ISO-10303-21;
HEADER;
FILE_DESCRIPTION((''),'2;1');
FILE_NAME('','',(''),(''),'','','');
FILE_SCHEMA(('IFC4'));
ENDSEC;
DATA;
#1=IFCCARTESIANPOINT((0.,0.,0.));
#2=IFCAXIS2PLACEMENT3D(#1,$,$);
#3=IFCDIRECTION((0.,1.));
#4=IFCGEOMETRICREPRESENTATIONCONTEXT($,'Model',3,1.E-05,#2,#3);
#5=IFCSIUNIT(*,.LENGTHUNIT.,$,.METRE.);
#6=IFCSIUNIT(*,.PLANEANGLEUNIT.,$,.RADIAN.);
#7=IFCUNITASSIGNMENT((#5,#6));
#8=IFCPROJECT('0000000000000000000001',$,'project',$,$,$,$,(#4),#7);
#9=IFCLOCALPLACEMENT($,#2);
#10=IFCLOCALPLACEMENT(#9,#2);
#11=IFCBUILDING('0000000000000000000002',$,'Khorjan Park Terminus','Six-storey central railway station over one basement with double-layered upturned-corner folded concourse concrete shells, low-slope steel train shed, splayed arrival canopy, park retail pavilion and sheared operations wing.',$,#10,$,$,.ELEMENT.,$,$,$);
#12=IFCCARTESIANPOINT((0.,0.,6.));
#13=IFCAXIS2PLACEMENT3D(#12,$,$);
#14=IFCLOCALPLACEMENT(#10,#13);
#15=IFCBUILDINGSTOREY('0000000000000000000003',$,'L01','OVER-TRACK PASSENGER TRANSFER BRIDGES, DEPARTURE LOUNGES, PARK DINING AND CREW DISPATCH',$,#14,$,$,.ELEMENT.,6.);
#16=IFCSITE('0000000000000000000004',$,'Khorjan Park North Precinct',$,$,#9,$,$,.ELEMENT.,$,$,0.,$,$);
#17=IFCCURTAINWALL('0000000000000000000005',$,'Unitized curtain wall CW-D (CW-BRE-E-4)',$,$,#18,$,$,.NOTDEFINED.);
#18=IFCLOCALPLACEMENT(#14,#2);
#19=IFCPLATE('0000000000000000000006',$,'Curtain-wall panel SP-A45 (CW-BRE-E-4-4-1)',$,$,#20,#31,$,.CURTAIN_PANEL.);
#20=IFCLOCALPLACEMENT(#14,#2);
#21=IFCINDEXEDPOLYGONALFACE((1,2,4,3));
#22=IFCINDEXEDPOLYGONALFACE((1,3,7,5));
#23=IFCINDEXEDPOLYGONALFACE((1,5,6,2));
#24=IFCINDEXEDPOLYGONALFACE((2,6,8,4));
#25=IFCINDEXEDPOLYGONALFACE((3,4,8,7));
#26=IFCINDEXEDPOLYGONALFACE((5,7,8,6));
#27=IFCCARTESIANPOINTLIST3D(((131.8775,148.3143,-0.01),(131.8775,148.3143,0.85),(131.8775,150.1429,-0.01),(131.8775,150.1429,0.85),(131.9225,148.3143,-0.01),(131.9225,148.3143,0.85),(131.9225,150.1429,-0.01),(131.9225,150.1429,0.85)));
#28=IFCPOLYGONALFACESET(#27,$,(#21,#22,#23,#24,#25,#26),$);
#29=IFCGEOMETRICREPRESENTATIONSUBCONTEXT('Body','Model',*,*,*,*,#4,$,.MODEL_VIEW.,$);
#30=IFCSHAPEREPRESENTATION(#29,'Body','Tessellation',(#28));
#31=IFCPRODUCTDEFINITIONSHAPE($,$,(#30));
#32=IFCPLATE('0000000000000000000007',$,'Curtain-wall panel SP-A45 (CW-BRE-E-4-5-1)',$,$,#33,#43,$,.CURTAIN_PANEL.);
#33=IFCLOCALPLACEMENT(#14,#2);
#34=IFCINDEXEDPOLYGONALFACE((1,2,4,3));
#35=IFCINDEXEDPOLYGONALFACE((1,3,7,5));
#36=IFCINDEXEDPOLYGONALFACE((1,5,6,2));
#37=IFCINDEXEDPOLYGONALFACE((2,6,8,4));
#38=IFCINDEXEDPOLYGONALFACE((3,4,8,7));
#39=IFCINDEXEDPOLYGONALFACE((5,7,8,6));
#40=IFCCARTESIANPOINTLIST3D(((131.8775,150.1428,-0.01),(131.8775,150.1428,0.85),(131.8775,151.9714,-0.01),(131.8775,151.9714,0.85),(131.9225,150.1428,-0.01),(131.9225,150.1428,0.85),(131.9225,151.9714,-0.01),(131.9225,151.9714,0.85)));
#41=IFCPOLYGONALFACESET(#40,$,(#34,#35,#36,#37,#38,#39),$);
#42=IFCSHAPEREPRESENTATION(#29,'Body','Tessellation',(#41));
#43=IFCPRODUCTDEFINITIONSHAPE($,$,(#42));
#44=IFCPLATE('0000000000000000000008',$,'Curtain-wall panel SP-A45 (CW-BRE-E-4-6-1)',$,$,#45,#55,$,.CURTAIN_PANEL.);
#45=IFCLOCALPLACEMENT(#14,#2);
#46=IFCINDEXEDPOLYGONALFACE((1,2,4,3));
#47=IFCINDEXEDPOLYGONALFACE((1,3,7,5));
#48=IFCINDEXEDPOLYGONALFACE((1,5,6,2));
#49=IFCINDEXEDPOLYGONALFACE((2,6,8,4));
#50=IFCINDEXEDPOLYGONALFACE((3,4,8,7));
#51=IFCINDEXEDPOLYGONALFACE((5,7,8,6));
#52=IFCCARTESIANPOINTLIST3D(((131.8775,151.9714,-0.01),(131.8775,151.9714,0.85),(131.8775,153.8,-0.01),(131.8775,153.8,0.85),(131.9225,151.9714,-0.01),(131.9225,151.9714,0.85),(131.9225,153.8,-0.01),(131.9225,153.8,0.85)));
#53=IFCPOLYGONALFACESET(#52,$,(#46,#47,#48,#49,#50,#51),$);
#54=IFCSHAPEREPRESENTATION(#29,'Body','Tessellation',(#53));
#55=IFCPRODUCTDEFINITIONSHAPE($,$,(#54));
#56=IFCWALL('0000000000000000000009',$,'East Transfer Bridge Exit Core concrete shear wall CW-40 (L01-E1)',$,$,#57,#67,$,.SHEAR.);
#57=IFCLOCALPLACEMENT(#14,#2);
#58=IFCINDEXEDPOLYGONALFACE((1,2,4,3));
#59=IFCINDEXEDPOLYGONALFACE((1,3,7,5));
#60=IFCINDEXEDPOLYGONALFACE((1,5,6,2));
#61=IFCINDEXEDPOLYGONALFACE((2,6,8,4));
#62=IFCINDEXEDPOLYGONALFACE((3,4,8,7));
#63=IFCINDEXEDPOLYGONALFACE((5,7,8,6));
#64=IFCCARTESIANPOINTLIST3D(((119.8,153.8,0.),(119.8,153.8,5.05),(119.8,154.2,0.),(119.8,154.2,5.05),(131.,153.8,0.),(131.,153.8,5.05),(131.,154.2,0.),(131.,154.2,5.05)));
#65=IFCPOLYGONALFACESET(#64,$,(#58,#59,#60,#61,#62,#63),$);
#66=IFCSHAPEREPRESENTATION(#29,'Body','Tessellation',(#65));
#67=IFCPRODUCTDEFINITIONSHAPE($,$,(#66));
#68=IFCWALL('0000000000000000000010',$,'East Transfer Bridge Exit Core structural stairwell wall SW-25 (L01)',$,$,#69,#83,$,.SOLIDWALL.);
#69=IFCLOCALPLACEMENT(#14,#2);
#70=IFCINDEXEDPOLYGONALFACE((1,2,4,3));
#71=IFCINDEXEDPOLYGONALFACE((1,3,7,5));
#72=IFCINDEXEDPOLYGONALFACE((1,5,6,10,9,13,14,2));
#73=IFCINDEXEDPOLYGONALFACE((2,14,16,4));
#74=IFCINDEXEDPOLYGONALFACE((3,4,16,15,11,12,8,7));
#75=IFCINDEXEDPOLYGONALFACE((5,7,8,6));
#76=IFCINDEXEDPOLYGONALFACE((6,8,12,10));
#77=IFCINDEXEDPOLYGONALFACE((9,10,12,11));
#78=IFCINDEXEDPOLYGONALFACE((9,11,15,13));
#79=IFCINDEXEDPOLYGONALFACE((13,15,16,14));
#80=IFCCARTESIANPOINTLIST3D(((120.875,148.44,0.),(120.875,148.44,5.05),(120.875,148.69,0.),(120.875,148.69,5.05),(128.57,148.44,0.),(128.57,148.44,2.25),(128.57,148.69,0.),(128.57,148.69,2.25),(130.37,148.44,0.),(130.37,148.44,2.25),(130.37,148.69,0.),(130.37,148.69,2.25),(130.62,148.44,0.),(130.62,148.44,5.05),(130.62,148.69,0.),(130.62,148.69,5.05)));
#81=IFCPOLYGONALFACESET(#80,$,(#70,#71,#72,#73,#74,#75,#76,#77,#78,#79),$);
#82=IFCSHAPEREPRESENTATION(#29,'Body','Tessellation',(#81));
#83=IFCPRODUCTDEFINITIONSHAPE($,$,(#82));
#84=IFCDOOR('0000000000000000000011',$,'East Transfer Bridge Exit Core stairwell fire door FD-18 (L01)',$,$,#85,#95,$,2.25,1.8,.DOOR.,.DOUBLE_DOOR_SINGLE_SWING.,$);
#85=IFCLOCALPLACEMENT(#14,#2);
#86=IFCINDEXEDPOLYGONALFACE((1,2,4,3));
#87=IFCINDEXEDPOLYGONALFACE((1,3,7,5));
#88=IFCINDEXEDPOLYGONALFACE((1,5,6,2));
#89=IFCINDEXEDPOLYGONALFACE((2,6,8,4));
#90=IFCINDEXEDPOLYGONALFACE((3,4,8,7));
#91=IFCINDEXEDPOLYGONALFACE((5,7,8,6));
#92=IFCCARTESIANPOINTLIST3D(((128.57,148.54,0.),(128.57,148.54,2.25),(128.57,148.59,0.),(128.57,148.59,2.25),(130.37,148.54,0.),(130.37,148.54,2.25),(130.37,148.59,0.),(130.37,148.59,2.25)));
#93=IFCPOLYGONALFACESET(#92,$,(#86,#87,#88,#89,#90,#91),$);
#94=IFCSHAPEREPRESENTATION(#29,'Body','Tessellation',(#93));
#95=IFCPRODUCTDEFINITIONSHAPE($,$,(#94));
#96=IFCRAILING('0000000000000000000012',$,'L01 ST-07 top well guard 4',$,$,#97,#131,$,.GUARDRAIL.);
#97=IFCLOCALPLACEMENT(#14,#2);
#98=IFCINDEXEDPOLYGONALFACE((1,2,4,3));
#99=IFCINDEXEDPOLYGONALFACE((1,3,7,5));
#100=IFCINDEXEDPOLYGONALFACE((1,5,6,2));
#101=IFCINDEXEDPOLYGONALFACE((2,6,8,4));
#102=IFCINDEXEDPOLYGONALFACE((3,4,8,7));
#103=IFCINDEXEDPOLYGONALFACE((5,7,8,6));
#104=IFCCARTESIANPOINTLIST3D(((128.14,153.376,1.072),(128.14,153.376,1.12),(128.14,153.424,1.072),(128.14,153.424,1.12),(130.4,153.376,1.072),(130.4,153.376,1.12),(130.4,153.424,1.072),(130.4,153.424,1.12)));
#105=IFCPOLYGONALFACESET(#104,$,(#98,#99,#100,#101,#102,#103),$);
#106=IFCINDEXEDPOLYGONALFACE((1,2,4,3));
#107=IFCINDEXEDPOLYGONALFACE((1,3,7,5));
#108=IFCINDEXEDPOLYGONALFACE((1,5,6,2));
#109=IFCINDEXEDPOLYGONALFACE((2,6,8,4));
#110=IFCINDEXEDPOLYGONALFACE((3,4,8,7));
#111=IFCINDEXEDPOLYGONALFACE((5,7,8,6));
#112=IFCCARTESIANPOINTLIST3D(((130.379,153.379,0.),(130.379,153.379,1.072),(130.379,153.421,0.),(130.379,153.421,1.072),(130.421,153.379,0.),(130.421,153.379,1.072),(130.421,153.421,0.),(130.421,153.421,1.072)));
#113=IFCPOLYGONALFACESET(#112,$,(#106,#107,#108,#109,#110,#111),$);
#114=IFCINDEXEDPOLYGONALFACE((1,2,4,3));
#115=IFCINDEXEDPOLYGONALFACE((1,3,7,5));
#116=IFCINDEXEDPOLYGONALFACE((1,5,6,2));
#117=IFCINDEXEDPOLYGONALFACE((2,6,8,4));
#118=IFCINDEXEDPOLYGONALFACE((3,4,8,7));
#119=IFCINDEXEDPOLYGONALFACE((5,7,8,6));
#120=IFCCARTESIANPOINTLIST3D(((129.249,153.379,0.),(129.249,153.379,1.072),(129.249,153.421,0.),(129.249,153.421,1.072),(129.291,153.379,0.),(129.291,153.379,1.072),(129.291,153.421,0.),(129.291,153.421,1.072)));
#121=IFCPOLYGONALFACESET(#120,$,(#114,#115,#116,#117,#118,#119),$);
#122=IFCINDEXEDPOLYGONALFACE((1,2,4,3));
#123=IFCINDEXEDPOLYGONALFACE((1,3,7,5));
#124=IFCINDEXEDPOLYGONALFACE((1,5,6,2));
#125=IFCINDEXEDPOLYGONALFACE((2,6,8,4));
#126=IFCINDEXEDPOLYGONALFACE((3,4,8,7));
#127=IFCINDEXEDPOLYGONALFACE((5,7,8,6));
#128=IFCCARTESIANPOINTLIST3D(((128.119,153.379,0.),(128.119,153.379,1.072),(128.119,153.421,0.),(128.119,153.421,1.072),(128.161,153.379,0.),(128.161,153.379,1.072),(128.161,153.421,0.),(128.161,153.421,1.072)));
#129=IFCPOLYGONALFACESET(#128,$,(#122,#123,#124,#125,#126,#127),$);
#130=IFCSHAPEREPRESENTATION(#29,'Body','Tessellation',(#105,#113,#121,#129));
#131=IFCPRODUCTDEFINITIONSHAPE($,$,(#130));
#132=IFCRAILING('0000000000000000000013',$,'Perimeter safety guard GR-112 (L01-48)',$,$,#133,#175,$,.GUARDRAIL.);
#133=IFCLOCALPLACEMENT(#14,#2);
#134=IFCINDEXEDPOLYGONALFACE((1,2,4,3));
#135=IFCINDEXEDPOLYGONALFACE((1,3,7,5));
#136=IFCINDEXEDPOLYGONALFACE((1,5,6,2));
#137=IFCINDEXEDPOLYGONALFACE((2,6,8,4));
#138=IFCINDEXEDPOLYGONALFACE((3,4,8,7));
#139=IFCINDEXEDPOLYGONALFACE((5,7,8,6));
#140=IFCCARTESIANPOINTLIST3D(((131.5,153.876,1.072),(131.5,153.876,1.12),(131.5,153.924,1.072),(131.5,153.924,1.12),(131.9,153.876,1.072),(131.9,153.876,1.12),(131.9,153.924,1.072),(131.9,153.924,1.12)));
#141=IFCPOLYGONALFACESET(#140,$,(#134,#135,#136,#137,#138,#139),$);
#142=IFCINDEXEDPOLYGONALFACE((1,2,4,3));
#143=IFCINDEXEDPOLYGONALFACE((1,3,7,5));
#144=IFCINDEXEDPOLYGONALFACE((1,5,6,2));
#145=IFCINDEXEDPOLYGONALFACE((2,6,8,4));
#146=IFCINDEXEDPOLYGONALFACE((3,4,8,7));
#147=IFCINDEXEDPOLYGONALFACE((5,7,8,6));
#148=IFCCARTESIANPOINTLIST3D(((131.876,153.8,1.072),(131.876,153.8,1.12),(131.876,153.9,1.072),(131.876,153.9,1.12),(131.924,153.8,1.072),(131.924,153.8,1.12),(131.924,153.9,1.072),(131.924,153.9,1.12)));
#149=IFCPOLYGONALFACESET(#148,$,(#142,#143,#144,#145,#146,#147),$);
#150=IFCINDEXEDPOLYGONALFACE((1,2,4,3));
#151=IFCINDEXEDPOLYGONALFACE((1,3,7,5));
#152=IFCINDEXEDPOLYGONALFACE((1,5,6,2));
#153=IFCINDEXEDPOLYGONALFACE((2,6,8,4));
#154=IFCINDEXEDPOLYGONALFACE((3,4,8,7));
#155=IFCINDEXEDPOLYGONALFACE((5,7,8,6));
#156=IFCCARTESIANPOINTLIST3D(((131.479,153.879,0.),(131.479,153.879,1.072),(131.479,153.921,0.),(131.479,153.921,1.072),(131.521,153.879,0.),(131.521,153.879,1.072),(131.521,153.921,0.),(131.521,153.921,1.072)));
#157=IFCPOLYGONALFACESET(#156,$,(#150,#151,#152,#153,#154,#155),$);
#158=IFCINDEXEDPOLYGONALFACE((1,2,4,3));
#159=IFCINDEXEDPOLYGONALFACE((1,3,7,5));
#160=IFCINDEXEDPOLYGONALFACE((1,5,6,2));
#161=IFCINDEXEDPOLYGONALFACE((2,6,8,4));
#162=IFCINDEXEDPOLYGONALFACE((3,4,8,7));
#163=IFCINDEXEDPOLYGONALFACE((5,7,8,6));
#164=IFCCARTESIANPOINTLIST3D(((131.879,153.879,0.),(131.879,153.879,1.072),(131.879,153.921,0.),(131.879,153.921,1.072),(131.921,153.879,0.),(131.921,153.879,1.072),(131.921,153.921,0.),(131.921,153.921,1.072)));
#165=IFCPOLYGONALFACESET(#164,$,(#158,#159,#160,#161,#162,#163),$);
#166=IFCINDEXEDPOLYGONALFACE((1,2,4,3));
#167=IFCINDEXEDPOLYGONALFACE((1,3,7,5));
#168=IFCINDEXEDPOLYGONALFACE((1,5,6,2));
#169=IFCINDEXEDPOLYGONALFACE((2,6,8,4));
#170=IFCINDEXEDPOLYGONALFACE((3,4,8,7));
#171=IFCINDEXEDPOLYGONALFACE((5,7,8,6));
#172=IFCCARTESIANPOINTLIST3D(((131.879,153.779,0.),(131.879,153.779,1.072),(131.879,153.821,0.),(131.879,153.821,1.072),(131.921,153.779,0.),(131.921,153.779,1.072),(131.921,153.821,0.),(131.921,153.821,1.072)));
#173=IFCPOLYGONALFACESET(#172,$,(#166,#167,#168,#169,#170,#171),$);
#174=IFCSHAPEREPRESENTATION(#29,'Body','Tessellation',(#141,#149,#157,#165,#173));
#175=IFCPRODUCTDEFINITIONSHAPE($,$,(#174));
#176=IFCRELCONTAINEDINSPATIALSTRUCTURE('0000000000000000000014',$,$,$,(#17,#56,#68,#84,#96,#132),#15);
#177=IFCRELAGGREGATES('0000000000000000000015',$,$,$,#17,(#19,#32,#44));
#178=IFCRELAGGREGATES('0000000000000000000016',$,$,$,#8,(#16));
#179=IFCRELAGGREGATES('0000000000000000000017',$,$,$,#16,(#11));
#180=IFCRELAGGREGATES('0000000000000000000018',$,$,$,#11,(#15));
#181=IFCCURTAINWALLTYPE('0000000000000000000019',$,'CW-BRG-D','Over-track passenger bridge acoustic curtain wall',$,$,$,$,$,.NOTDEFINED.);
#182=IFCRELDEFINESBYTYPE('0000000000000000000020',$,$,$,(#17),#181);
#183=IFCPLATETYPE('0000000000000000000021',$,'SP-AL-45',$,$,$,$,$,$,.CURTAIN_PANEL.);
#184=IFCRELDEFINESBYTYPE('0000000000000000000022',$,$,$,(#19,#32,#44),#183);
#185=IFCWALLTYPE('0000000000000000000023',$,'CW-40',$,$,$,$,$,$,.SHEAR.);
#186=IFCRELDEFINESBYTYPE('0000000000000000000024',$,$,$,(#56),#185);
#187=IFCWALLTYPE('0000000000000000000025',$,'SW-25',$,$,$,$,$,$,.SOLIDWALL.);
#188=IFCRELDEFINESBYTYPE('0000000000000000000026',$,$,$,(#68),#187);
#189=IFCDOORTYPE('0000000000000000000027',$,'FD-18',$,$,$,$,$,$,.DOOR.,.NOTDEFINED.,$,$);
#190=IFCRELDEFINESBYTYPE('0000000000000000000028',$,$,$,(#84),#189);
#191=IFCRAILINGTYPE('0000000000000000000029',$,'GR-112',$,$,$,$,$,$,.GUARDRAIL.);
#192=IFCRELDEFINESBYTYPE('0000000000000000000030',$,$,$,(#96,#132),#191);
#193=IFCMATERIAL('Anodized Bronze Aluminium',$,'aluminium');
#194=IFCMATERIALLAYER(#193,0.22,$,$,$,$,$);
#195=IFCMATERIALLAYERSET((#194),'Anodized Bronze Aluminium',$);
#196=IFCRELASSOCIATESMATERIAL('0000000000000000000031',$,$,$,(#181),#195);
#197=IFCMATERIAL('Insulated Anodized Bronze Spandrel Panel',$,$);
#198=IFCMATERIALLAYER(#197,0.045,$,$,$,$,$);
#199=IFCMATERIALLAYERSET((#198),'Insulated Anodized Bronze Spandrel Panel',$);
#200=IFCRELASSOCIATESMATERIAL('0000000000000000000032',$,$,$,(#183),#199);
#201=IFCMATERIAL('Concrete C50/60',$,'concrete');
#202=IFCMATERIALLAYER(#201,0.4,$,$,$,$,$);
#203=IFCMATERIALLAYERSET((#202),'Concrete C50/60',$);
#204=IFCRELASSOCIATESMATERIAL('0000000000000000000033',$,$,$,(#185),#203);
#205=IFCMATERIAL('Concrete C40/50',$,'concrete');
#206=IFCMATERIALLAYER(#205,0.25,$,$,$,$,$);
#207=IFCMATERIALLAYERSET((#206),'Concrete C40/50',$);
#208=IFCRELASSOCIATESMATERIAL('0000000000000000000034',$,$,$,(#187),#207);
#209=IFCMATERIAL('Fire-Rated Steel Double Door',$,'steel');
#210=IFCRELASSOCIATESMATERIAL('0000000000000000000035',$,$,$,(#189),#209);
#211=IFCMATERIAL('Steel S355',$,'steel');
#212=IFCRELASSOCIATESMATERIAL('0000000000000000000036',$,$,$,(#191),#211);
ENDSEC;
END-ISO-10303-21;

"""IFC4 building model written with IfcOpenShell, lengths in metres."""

from ifc_helpers import new_model, si_unit, direction, frame, frame_2d, origin, origin_2d, place, context, subcontext, project, spatial, rectangle, extrude, material, layer, layer_set, type_object, element, fill, aggregate, save


model = new_model("IFC4")

# Units and contexts
model_context = context("Model", 3, precision=1e-05, world=origin(), true_north=direction((0.0, 1.0)))
body_context = subcontext(model_context, "Body", "Model", "MODEL_VIEW")
ifc_project = project(units=[si_unit("LENGTHUNIT", "METRE"), si_unit("PLANEANGLEUNIT", "RADIAN")], contexts=[model_context])

# Site, building, storey
site_placement = place(None, origin())
site = spatial("IfcSite", under=ifc_project, at=site_placement, Name="Khorjan Park North Precinct", CompositionType="ELEMENT", RefElevation=0.0)
building_placement = place(site_placement, origin())
building = spatial("IfcBuilding", under=site, at=building_placement, Name="Khorjan Park Terminus", Description="Six-storey central railway station over one basement with double-layered upturned-corner folded concourse concrete shells, low-slope steel train shed, splayed arrival canopy, park retail pavilion and sheared operations wing.", CompositionType="ELEMENT")
storey_placement = place(building_placement, frame((0.0, 0.0, 6.0)))
storey = spatial("IfcBuildingStorey", under=building, at=storey_placement, Name="L01", Description="OVER-TRACK PASSENGER TRANSFER BRIDGES, DEPARTURE LOUNGES, PARK DINING AND CREW DISPATCH", CompositionType="ELEMENT", Elevation=6.0)

# Curtain wall, plates
ifc_material_1 = material(Name="Anodized Bronze Aluminium", Category="aluminium")
ifc_layer_1 = layer(ifc_material_1, 0.22)
ifc_layer_set_1 = layer_set([ifc_layer_1], Name="Anodized Bronze Aluminium")
curtain_wall_type = type_object("IfcCurtainWallType", Name="CW-BRG-D", Description="Over-track passenger bridge acoustic curtain wall", PredefinedType="NOTDEFINED", material=ifc_layer_set_1)
curtain_wall_placement = place(storey_placement, origin())
curtain_wall = element("IfcCurtainWall", 1, at=curtain_wall_placement, inside=storey, type_object=curtain_wall_type, Name="Unitized curtain wall CW-D (CW-BRE-E-4)", PredefinedType="NOTDEFINED")
ifc_material_2 = material(Name="Insulated Anodized Bronze Spandrel Panel")
ifc_layer_2 = layer(ifc_material_2, 0.045)
ifc_layer_set_2 = layer_set([ifc_layer_2], Name="Insulated Anodized Bronze Spandrel Panel")
plate_type_1 = type_object("IfcPlateType", Name="SP-AL-45", PredefinedType="CURTAIN_PANEL", material=ifc_layer_set_2)
plate_1_placement = place(storey_placement, frame((131.9, 149.2286, -0.01), z_axis=(0.0, 0.0, 1.0), x_axis=(0.0, 1.0, 0.0)))
plate_1 = element("IfcPlate", 2, at=plate_1_placement, type_object=plate_type_1, Name="Curtain-wall panel SP-A45 (CW-BRE-E-4-4-1)", PredefinedType="CURTAIN_PANEL", context=body_context, shape_type="SweptSolid", body=[
    extrude(rectangle(XDim=1.8286, YDim=0.045, at=origin_2d()), origin(), (0.0, 0.0, 1.0), 0.86),
])
plate_2_placement = place(storey_placement, frame((131.9, 151.0571, -0.01), z_axis=(0.0, 0.0, 1.0), x_axis=(0.0, 1.0, 0.0)))
plate_2 = element("IfcPlate", 3, at=plate_2_placement, type_object=plate_type_1, Name="Curtain-wall panel SP-A45 (CW-BRE-E-4-5-1)", PredefinedType="CURTAIN_PANEL", context=body_context, shape_type="SweptSolid", body=[
    extrude(rectangle(XDim=1.8286, YDim=0.045, at=origin_2d()), origin(), (0.0, 0.0, 1.0), 0.86),
])
plate_3_placement = place(storey_placement, frame((131.9, 152.8857, -0.01), z_axis=(0.0, 0.0, 1.0), x_axis=(0.0, 1.0, 0.0)))
plate_3 = element("IfcPlate", 4, at=plate_3_placement, type_object=plate_type_1, Name="Curtain-wall panel SP-A45 (CW-BRE-E-4-6-1)", PredefinedType="CURTAIN_PANEL", context=body_context, shape_type="SweptSolid", body=[
    extrude(rectangle(XDim=1.8286, YDim=0.045, at=origin_2d()), origin(), (0.0, 0.0, 1.0), 0.86),
])
aggregate(curtain_wall, [plate_1, plate_2, plate_3])

# Wall
ifc_material_3 = material(Name="Concrete C50/60", Category="concrete")
ifc_layer_3 = layer(ifc_material_3, 0.4)
ifc_layer_set_3 = layer_set([ifc_layer_3], Name="Concrete C50/60")
wall_type_1 = type_object("IfcWallType", Name="CW-40", PredefinedType="SHEAR", material=ifc_layer_set_3)
wall_1_placement = place(storey_placement, frame((131.0, 154.0, 0.0), z_axis=(0.0, 0.0, 1.0), x_axis=(-1.0, 0.0, 0.0)))
element("IfcWall", 5, at=wall_1_placement, inside=storey, type_object=wall_type_1, Name="East Transfer Bridge Exit Core concrete shear wall CW-40 (L01-E1)", PredefinedType="SHEAR", context=body_context, shape_type="SweptSolid", body=[
    extrude(rectangle(XDim=11.2, YDim=0.4, at=frame_2d((5.6, 0.0))), origin(), (0.0, 0.0, 1.0), 5.05),
])

# Wall, opening, door
ifc_material_4 = material(Name="Concrete C40/50", Category="concrete")
ifc_layer_4 = layer(ifc_material_4, 0.25)
ifc_layer_set_4 = layer_set([ifc_layer_4], Name="Concrete C40/50")
wall_type_2 = type_object("IfcWallType", Name="SW-25", PredefinedType="SOLIDWALL", material=ifc_layer_set_4)
wall_2_placement = place(storey_placement, frame((130.62, 148.565, 0.0), z_axis=(0.0, 0.0, 1.0), x_axis=(-1.0, 0.0, 0.0)))
wall_2 = element("IfcWall", 6, at=wall_2_placement, inside=storey, type_object=wall_type_2, Name="East Transfer Bridge Exit Core structural stairwell wall SW-25 (L01)", PredefinedType="SOLIDWALL", context=body_context, shape_type="SweptSolid", body=[
    extrude(rectangle(XDim=9.745, YDim=0.25, at=frame_2d((4.8725, 0.0))), origin(), (0.0, 0.0, 1.0), 5.05),
])
opening_placement = place(wall_2_placement, frame((0.25, 0.0, 0.0)))
opening = element("IfcOpeningElement", 7, at=opening_placement, cuts=wall_2, PredefinedType="OPENING", context=body_context, shape_type="SweptSolid", body=[
    extrude(rectangle(XDim=1.8, YDim=2.25, at=frame_2d((0.9, 1.125))), frame((0.0, 0.135, 0.0), z_axis=(0.0, -1.0, 0.0), x_axis=(1.0, 0.0, 0.0)), (0.0, 0.0, 1.0), 0.27),
])
ifc_material_5 = material(Name="Fire-Rated Steel Double Door", Category="steel")
door_type = type_object("IfcDoorType", Name="FD-18", OperationType="NOTDEFINED", PredefinedType="DOOR", material=ifc_material_5)
door_placement = place(opening_placement, origin())
door = element("IfcDoor", 8, at=door_placement, inside=storey, type_object=door_type, Name="East Transfer Bridge Exit Core stairwell fire door FD-18 (L01)", OperationType="DOUBLE_DOOR_SINGLE_SWING", OverallHeight=2.25, OverallWidth=1.8, PredefinedType="DOOR", context=body_context, shape_type="SweptSolid", body=[
    extrude(rectangle(XDim=1.8, YDim=2.25, at=frame_2d((0.9, 1.125))), frame((0.0, 0.025, 0.0), z_axis=(0.0, -1.0, 0.0), x_axis=(1.0, 0.0, 0.0)), (0.0, 0.0, 1.0), 0.05),
])
fill(opening, door)

# Railings
ifc_material_6 = material(Name="Steel S355", Category="steel")
railing_type = type_object("IfcRailingType", Name="GR-112", PredefinedType="GUARDRAIL", material=ifc_material_6)
railing_1_placement = place(storey_placement, frame((130.4, 153.4, 0.0)))
element("IfcRailing", 9, at=railing_1_placement, inside=storey, type_object=railing_type, Name="L01 ST-07 top well guard 4", PredefinedType="GUARDRAIL", context=body_context, shape_type="SweptSolid", body=[
    extrude(rectangle(XDim=0.048, YDim=0.048, at=origin_2d()), frame((0.0, 0.0, 1.096), z_axis=(-1.0, 0.0, 0.0), x_axis=(0.0, -1.0, 0.0)), (0.0, 0.0, 1.0), 2.26),
    extrude(rectangle(XDim=0.042, YDim=0.042, at=origin_2d()), origin(), (0.0, 0.0, 1.0), 1.072),
    extrude(rectangle(XDim=0.042, YDim=0.042, at=origin_2d()), frame((-1.13, 0.0, 0.0)), (0.0, 0.0, 1.0), 1.072),
    extrude(rectangle(XDim=0.042, YDim=0.042, at=origin_2d()), frame((-2.26, 0.0, 0.0)), (0.0, 0.0, 1.0), 1.072),
])
railing_2_placement = place(storey_placement, frame((131.5, 153.9, 0.0)))
element("IfcRailing", 10, at=railing_2_placement, inside=storey, type_object=railing_type, Name="Perimeter safety guard GR-112 (L01-48)", PredefinedType="GUARDRAIL", context=body_context, shape_type="SweptSolid", body=[
    extrude(rectangle(XDim=0.048, YDim=0.048, at=origin_2d()), frame((0.0, 0.0, 1.096), z_axis=(1.0, 0.0, 0.0), x_axis=(0.0, 1.0, 0.0)), (0.0, 0.0, 1.0), 0.4),
    extrude(rectangle(XDim=0.048, YDim=0.048, at=origin_2d()), frame((0.4, 0.0, 1.096), z_axis=(0.0, -1.0, 0.0), x_axis=(1.0, 0.0, 0.0)), (0.0, 0.0, 1.0), 0.1),
    extrude(rectangle(XDim=0.042, YDim=0.042, at=origin_2d()), origin(), (0.0, 0.0, 1.0), 1.072),
    extrude(rectangle(XDim=0.042, YDim=0.042, at=origin_2d()), frame((0.4, 0.0, 0.0)), (0.0, 0.0, 1.0), 1.072),
    extrude(rectangle(XDim=0.042, YDim=0.042, at=origin_2d()), frame((0.4, -0.1, 0.0)), (0.0, 0.0, 1.0), 1.072),
])

save(model, "model.ifc")
